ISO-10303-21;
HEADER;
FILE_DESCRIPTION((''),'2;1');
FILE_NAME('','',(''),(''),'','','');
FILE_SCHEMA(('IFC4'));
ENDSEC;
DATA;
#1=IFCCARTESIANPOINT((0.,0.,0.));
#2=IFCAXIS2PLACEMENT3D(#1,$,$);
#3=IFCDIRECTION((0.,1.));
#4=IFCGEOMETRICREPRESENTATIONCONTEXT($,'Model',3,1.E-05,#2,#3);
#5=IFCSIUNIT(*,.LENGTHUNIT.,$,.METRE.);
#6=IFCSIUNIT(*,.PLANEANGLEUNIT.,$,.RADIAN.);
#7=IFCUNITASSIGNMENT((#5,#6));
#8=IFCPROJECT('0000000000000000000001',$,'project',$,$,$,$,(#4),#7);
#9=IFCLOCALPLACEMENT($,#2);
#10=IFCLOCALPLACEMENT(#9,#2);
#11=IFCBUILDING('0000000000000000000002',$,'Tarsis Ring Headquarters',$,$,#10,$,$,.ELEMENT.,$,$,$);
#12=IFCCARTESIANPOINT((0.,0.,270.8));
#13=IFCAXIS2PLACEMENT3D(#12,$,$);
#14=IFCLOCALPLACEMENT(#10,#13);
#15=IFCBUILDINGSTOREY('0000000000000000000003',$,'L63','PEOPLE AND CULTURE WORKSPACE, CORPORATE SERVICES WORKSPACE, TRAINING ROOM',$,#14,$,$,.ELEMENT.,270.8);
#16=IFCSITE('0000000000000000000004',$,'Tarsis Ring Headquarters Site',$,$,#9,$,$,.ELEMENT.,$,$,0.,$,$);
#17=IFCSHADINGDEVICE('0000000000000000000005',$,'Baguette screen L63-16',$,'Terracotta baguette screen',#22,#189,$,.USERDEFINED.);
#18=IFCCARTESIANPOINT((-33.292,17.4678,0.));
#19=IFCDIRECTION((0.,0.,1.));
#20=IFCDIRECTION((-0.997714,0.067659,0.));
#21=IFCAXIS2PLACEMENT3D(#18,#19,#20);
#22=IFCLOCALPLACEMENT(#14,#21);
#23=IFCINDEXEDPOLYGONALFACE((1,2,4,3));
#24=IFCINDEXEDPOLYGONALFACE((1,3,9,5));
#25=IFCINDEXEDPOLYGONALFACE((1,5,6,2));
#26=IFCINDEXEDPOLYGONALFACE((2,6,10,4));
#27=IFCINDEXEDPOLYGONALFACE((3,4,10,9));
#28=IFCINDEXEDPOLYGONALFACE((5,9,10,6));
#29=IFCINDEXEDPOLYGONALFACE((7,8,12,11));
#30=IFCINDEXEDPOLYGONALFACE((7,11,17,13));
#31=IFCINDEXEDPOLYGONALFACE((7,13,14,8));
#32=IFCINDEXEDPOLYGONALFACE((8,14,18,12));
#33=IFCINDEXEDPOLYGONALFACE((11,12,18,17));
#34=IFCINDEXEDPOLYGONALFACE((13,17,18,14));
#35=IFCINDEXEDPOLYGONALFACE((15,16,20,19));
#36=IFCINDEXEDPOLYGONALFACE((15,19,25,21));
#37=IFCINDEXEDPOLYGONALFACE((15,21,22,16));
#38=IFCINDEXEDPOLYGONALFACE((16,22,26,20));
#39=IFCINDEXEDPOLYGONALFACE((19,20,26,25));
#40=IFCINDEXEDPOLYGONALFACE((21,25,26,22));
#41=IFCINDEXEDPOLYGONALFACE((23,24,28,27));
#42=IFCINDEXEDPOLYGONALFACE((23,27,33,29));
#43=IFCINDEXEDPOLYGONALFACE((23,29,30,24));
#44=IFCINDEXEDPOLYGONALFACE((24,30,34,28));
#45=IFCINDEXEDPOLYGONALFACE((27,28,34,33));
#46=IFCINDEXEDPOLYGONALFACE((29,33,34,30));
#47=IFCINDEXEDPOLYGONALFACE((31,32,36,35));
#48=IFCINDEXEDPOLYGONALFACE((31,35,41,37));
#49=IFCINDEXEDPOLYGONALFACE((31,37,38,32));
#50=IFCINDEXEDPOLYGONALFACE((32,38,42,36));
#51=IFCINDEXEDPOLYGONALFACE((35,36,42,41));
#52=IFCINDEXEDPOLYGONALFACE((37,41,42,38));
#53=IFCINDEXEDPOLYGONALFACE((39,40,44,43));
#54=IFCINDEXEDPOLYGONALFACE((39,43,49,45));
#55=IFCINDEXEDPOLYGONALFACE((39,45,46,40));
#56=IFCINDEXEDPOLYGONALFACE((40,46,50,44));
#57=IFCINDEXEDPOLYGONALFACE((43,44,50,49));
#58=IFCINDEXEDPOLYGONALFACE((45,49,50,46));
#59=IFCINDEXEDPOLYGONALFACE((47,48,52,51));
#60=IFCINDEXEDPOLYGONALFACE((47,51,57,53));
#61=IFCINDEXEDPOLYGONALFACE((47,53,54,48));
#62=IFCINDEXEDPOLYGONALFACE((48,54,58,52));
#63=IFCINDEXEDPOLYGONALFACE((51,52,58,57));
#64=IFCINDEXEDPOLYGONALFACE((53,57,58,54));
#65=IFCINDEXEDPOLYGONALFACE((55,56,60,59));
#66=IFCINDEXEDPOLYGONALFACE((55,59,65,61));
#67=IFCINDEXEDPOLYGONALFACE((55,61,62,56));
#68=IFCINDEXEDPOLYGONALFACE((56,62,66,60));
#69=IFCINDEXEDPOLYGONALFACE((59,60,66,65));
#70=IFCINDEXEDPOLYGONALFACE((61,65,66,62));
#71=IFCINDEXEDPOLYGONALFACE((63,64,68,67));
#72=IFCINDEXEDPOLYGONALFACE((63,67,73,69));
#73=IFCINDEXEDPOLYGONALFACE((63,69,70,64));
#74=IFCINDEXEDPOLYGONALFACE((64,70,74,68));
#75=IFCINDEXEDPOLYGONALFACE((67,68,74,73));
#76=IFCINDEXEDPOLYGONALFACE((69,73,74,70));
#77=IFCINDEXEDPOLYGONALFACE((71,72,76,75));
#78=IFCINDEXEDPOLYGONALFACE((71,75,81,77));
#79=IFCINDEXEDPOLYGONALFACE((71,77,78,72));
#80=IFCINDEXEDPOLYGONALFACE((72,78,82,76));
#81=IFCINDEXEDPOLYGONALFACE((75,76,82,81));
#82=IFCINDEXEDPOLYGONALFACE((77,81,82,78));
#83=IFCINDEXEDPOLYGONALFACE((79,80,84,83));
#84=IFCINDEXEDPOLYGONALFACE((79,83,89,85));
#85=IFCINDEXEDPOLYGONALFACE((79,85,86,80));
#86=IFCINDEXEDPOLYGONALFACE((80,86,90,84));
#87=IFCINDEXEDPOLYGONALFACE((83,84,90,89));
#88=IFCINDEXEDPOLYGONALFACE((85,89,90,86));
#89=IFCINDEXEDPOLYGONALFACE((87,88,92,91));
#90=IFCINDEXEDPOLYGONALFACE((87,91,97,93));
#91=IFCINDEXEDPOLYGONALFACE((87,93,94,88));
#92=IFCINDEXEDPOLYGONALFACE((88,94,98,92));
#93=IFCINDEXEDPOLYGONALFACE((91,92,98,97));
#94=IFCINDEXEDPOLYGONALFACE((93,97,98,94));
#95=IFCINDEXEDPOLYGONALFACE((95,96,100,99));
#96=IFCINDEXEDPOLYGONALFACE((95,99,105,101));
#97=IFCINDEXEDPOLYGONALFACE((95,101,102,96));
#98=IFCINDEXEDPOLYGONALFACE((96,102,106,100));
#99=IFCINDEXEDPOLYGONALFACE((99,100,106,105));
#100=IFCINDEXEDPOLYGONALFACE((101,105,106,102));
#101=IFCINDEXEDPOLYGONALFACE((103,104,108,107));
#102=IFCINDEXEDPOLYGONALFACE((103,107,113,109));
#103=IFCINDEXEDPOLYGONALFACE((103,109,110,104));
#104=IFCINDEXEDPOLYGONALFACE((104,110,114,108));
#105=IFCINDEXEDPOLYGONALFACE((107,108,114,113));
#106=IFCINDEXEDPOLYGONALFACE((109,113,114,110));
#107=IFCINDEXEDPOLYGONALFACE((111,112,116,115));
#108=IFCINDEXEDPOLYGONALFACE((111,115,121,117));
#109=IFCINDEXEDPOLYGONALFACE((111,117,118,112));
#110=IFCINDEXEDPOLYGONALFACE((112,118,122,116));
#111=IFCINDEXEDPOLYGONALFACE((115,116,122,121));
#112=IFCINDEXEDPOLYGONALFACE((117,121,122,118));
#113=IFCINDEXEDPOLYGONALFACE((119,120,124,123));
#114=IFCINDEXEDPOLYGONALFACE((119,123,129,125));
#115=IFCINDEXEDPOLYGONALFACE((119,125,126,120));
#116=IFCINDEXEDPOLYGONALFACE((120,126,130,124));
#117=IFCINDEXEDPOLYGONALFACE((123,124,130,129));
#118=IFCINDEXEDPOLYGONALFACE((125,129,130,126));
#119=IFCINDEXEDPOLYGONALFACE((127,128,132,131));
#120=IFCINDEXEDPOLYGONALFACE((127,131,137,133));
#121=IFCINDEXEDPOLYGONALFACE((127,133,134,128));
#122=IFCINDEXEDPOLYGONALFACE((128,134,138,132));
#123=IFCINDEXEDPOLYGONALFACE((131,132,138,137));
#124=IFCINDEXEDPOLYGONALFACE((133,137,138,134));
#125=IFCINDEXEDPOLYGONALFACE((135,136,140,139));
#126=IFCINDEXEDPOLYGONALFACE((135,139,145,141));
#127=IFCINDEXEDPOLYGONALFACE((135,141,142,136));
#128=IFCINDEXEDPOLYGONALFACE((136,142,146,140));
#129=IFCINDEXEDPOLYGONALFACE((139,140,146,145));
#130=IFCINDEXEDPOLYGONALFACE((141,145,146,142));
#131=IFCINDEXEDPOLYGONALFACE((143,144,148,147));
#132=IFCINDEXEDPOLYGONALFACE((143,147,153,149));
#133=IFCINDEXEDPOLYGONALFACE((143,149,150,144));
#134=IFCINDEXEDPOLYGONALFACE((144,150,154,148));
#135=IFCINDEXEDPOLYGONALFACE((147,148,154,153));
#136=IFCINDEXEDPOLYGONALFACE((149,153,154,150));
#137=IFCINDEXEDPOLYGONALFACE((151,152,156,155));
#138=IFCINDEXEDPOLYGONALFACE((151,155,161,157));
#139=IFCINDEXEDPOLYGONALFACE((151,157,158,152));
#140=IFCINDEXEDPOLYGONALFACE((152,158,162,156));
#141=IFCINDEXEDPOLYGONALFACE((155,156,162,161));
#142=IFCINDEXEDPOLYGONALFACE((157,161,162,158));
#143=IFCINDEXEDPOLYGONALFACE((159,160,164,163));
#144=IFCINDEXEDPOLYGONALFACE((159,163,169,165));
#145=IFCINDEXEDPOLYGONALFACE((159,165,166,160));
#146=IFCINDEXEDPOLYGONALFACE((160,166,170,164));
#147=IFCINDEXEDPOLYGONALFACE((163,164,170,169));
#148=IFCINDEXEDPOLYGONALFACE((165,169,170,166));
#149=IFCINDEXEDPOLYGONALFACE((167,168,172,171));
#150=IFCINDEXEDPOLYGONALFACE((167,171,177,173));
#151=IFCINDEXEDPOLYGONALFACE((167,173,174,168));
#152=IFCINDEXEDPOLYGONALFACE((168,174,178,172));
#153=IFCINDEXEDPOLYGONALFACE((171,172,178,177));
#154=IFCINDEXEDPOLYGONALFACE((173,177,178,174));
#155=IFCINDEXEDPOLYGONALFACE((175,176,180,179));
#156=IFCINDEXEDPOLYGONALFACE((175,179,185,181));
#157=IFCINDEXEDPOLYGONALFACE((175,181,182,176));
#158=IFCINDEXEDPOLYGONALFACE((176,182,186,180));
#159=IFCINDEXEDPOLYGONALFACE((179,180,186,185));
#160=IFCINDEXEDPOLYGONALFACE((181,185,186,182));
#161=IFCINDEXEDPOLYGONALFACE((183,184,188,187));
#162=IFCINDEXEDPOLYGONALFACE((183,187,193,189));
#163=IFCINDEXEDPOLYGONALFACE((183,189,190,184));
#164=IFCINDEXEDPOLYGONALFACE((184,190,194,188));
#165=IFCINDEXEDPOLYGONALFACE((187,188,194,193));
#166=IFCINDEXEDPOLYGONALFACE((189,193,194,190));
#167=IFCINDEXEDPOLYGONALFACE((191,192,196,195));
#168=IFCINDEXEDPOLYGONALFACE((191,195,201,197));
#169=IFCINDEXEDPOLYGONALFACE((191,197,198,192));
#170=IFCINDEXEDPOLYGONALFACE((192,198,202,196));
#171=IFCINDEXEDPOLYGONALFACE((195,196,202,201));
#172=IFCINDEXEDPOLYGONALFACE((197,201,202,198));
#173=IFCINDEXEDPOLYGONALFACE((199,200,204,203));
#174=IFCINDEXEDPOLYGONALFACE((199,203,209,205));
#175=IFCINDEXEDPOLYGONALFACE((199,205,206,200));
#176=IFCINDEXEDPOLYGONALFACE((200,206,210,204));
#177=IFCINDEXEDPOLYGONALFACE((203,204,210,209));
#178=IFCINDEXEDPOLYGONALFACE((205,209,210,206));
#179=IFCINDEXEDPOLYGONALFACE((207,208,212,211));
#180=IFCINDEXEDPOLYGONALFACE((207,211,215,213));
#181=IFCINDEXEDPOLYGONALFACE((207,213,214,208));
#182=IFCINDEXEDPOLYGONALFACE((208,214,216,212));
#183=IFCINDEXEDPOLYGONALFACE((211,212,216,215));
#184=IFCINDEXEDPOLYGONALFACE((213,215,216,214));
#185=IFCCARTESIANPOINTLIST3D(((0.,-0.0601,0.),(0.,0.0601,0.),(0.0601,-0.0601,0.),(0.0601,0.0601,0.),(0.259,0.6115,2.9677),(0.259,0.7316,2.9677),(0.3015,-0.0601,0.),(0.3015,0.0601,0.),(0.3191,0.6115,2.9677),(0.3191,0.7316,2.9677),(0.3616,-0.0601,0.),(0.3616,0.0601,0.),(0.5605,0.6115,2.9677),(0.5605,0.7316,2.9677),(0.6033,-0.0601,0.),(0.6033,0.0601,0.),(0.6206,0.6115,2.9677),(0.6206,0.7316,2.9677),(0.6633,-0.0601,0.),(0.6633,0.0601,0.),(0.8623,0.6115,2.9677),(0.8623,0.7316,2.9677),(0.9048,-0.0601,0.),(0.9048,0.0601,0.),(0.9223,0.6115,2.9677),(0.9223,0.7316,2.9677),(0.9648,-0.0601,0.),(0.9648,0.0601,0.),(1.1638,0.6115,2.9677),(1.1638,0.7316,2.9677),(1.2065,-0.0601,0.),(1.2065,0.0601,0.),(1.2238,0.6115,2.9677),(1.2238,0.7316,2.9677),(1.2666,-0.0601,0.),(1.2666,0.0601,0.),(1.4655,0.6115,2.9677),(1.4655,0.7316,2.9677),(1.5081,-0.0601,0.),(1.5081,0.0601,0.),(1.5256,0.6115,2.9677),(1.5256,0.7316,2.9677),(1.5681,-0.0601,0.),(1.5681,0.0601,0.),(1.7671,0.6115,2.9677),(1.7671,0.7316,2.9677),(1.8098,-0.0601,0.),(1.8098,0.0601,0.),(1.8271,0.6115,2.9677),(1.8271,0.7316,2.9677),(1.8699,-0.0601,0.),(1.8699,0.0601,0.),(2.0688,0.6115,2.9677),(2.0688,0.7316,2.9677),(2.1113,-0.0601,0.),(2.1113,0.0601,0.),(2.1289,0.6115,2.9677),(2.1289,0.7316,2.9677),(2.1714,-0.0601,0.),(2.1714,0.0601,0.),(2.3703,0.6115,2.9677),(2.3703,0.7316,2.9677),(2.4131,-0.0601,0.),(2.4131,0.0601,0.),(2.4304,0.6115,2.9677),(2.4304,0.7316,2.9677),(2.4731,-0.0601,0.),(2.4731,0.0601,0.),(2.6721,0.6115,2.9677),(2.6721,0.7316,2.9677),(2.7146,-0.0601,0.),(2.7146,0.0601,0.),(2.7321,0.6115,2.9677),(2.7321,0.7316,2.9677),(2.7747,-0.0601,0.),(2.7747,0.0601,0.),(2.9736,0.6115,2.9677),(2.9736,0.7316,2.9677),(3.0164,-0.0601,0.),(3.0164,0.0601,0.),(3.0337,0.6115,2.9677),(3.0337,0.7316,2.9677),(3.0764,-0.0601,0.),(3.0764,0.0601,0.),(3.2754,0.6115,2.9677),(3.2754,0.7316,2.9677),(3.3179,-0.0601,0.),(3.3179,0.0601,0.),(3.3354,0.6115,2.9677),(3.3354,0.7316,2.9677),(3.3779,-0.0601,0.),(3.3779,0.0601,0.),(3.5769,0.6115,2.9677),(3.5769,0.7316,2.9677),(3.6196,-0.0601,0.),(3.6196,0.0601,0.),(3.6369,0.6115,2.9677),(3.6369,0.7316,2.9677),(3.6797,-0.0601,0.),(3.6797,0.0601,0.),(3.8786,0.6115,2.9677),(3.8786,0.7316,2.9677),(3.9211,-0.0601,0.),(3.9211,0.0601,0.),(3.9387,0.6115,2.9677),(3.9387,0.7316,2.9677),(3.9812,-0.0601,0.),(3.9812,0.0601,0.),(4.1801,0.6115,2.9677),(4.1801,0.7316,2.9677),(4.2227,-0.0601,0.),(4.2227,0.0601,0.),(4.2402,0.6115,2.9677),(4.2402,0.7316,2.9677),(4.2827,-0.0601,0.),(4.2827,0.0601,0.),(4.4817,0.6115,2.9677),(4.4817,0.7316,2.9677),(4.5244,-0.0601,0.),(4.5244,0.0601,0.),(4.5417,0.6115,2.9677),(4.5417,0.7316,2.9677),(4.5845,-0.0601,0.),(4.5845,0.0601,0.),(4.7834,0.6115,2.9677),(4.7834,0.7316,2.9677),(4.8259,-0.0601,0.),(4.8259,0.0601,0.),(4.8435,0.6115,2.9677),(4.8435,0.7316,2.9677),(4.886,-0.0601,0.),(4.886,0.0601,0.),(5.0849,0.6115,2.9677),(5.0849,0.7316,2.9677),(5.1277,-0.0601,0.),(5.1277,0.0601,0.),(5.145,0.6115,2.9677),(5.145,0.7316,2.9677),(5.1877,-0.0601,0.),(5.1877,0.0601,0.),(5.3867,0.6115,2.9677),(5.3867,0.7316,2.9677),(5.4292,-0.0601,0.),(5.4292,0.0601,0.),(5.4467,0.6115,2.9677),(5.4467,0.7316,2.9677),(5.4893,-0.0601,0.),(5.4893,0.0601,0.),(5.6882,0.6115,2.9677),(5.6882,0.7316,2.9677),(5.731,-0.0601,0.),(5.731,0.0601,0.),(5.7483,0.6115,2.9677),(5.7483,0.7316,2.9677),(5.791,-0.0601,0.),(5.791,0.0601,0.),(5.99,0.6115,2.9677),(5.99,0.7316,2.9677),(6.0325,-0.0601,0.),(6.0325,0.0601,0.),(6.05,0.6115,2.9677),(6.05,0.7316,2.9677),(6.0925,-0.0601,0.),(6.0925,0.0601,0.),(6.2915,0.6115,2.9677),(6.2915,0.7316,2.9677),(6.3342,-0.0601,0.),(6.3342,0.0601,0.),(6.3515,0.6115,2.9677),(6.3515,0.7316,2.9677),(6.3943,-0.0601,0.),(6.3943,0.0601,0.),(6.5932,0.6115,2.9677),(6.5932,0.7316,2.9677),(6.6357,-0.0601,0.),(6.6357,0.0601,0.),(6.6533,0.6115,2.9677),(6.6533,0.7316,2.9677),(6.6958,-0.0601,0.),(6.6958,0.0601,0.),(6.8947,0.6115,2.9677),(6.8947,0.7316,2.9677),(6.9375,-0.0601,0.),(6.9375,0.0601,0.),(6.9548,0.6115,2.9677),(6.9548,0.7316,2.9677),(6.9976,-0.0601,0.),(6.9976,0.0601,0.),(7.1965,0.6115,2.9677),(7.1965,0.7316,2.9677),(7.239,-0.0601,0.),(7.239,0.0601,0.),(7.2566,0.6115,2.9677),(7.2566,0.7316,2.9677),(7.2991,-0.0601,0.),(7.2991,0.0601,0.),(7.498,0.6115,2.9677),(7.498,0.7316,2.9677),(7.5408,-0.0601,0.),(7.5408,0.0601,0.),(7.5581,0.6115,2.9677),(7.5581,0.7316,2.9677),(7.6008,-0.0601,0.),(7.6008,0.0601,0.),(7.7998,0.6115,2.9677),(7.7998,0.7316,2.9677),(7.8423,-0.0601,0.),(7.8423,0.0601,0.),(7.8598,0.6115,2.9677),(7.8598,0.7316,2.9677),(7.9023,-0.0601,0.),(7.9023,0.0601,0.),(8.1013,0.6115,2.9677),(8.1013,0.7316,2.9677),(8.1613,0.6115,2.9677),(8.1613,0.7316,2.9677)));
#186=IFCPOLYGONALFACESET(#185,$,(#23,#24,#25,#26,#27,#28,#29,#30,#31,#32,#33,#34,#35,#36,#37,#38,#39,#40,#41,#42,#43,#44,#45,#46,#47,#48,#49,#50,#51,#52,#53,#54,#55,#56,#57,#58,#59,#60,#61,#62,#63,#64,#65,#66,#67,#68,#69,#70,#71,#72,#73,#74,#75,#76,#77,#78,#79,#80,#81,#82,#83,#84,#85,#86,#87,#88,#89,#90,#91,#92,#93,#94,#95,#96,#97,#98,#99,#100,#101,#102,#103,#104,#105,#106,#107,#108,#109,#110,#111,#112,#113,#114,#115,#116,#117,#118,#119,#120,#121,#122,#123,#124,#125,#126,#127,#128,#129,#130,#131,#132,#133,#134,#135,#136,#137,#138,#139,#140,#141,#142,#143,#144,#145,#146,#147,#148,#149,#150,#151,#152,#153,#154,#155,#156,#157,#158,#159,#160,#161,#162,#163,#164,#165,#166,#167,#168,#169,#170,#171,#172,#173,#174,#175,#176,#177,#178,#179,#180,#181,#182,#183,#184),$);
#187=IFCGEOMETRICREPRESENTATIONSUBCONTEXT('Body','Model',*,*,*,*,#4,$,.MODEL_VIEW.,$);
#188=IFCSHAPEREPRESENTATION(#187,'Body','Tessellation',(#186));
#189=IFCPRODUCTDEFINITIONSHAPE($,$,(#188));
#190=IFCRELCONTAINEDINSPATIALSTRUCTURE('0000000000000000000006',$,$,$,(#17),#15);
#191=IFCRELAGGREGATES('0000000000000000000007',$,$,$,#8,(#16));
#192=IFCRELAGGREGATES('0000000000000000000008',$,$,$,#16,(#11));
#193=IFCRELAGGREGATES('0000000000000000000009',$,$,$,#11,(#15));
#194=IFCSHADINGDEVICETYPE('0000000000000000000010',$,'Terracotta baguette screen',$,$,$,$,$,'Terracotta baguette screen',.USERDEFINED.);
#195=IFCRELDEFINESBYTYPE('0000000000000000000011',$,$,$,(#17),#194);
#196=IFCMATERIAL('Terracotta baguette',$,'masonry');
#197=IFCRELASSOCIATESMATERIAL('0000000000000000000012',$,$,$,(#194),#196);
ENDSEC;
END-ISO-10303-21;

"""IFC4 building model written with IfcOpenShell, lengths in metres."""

from ifc_helpers import new_model, si_unit, direction, frame, frame_2d, origin, place, context, subcontext, project, spatial, rectangle, composite_profile, extrude, material, type_object, element, save


model = new_model("IFC4")

# Units and contexts
model_context = context("Model", 3, precision=1e-05, world=origin(), true_north=direction((0.0, 1.0)))
body_context = subcontext(model_context, "Body", "Model", "MODEL_VIEW")
ifc_project = project(units=[si_unit("LENGTHUNIT", "METRE"), si_unit("PLANEANGLEUNIT", "RADIAN")], contexts=[model_context])

# Site, building, storey
site_placement = place(None, origin())
site = spatial("IfcSite", under=ifc_project, at=site_placement, Name="Tarsis Ring Headquarters Site", CompositionType="ELEMENT", RefElevation=0.0)
building_placement = place(site_placement, origin())
building = spatial("IfcBuilding", under=site, at=building_placement, Name="Tarsis Ring Headquarters", CompositionType="ELEMENT")
storey_placement = place(building_placement, frame((0.0, 0.0, 270.8)))
storey = spatial("IfcBuildingStorey", under=building, at=storey_placement, Name="L63", Description="PEOPLE AND CULTURE WORKSPACE, CORPORATE SERVICES WORKSPACE, TRAINING ROOM", CompositionType="ELEMENT", Elevation=270.8)

# Shading device
ifc_material_1 = material(Name="Terracotta baguette", Category="masonry")
shading_device_type_1 = type_object("IfcShadingDeviceType", Name="Terracotta baguette screen", ElementType="Terracotta baguette screen", PredefinedType="USERDEFINED", material=ifc_material_1)
shading_device_1_placement = place(storey_placement, frame((-33.292, 17.4678, 0.0), z_axis=(0.0, 0.0, 1.0), x_axis=(-0.997714, 0.067659, 0.0)))
element("IfcShadingDevice", 1, at=shading_device_1_placement, inside=storey, type_object=shading_device_type_1, Name="Baguette screen L63-16", ObjectType="Terracotta baguette screen", PredefinedType="USERDEFINED", context=body_context, shape_type="SweptSolid", body=[
    extrude(composite_profile([rectangle(XDim=0.0601, YDim=0.1201, at=frame_2d((0.03, 0.0))), rectangle(XDim=0.0601, YDim=0.1201, at=frame_2d((0.3315, 0.0))), rectangle(XDim=0.0601, YDim=0.1201, at=frame_2d((0.6333, 0.0))), rectangle(XDim=0.0601, YDim=0.1201, at=frame_2d((0.9348, 0.0))), rectangle(XDim=0.0601, YDim=0.1201, at=frame_2d((1.2366, 0.0))), rectangle(XDim=0.0601, YDim=0.1201, at=frame_2d((1.5381, 0.0))), rectangle(XDim=0.0601, YDim=0.1201, at=frame_2d((1.8398, 0.0))), rectangle(XDim=0.0601, YDim=0.1201, at=frame_2d((2.1414, 0.0))), rectangle(XDim=0.0601, YDim=0.1201, at=frame_2d((2.4431, 0.0))), rectangle(XDim=0.0601, YDim=0.1201, at=frame_2d((2.7446, 0.0))), rectangle(XDim=0.0601, YDim=0.1201, at=frame_2d((3.0464, 0.0))), rectangle(XDim=0.0601, YDim=0.1201, at=frame_2d((3.3479, 0.0))), rectangle(XDim=0.0601, YDim=0.1201, at=frame_2d((3.6497, 0.0))), rectangle(XDim=0.0601, YDim=0.1201, at=frame_2d((3.9512, 0.0))), rectangle(XDim=0.0601, YDim=0.1201, at=frame_2d((4.2527, 0.0))), rectangle(XDim=0.0601, YDim=0.1201, at=frame_2d((4.5544, 0.0))), rectangle(XDim=0.0601, YDim=0.1201, at=frame_2d((4.856, 0.0))), rectangle(XDim=0.0601, YDim=0.1201, at=frame_2d((5.1577, 0.0))), rectangle(XDim=0.0601, YDim=0.1201, at=frame_2d((5.4592, 0.0))), rectangle(XDim=0.0601, YDim=0.1201, at=frame_2d((5.761, 0.0))), rectangle(XDim=0.0601, YDim=0.1201, at=frame_2d((6.0625, 0.0))), rectangle(XDim=0.0601, YDim=0.1201, at=frame_2d((6.3643, 0.0))), rectangle(XDim=0.0601, YDim=0.1201, at=frame_2d((6.6658, 0.0))), rectangle(XDim=0.0601, YDim=0.1201, at=frame_2d((6.9675, 0.0))), rectangle(XDim=0.0601, YDim=0.1201, at=frame_2d((7.269, 0.0))), rectangle(XDim=0.0601, YDim=0.1201, at=frame_2d((7.5708, 0.0))), rectangle(XDim=0.0601, YDim=0.1201, at=frame_2d((7.8723, 0.0)))]), origin(), (0.084814, 0.219919, 0.971824), 3.0537),
])

save(model, "model.ifc")
